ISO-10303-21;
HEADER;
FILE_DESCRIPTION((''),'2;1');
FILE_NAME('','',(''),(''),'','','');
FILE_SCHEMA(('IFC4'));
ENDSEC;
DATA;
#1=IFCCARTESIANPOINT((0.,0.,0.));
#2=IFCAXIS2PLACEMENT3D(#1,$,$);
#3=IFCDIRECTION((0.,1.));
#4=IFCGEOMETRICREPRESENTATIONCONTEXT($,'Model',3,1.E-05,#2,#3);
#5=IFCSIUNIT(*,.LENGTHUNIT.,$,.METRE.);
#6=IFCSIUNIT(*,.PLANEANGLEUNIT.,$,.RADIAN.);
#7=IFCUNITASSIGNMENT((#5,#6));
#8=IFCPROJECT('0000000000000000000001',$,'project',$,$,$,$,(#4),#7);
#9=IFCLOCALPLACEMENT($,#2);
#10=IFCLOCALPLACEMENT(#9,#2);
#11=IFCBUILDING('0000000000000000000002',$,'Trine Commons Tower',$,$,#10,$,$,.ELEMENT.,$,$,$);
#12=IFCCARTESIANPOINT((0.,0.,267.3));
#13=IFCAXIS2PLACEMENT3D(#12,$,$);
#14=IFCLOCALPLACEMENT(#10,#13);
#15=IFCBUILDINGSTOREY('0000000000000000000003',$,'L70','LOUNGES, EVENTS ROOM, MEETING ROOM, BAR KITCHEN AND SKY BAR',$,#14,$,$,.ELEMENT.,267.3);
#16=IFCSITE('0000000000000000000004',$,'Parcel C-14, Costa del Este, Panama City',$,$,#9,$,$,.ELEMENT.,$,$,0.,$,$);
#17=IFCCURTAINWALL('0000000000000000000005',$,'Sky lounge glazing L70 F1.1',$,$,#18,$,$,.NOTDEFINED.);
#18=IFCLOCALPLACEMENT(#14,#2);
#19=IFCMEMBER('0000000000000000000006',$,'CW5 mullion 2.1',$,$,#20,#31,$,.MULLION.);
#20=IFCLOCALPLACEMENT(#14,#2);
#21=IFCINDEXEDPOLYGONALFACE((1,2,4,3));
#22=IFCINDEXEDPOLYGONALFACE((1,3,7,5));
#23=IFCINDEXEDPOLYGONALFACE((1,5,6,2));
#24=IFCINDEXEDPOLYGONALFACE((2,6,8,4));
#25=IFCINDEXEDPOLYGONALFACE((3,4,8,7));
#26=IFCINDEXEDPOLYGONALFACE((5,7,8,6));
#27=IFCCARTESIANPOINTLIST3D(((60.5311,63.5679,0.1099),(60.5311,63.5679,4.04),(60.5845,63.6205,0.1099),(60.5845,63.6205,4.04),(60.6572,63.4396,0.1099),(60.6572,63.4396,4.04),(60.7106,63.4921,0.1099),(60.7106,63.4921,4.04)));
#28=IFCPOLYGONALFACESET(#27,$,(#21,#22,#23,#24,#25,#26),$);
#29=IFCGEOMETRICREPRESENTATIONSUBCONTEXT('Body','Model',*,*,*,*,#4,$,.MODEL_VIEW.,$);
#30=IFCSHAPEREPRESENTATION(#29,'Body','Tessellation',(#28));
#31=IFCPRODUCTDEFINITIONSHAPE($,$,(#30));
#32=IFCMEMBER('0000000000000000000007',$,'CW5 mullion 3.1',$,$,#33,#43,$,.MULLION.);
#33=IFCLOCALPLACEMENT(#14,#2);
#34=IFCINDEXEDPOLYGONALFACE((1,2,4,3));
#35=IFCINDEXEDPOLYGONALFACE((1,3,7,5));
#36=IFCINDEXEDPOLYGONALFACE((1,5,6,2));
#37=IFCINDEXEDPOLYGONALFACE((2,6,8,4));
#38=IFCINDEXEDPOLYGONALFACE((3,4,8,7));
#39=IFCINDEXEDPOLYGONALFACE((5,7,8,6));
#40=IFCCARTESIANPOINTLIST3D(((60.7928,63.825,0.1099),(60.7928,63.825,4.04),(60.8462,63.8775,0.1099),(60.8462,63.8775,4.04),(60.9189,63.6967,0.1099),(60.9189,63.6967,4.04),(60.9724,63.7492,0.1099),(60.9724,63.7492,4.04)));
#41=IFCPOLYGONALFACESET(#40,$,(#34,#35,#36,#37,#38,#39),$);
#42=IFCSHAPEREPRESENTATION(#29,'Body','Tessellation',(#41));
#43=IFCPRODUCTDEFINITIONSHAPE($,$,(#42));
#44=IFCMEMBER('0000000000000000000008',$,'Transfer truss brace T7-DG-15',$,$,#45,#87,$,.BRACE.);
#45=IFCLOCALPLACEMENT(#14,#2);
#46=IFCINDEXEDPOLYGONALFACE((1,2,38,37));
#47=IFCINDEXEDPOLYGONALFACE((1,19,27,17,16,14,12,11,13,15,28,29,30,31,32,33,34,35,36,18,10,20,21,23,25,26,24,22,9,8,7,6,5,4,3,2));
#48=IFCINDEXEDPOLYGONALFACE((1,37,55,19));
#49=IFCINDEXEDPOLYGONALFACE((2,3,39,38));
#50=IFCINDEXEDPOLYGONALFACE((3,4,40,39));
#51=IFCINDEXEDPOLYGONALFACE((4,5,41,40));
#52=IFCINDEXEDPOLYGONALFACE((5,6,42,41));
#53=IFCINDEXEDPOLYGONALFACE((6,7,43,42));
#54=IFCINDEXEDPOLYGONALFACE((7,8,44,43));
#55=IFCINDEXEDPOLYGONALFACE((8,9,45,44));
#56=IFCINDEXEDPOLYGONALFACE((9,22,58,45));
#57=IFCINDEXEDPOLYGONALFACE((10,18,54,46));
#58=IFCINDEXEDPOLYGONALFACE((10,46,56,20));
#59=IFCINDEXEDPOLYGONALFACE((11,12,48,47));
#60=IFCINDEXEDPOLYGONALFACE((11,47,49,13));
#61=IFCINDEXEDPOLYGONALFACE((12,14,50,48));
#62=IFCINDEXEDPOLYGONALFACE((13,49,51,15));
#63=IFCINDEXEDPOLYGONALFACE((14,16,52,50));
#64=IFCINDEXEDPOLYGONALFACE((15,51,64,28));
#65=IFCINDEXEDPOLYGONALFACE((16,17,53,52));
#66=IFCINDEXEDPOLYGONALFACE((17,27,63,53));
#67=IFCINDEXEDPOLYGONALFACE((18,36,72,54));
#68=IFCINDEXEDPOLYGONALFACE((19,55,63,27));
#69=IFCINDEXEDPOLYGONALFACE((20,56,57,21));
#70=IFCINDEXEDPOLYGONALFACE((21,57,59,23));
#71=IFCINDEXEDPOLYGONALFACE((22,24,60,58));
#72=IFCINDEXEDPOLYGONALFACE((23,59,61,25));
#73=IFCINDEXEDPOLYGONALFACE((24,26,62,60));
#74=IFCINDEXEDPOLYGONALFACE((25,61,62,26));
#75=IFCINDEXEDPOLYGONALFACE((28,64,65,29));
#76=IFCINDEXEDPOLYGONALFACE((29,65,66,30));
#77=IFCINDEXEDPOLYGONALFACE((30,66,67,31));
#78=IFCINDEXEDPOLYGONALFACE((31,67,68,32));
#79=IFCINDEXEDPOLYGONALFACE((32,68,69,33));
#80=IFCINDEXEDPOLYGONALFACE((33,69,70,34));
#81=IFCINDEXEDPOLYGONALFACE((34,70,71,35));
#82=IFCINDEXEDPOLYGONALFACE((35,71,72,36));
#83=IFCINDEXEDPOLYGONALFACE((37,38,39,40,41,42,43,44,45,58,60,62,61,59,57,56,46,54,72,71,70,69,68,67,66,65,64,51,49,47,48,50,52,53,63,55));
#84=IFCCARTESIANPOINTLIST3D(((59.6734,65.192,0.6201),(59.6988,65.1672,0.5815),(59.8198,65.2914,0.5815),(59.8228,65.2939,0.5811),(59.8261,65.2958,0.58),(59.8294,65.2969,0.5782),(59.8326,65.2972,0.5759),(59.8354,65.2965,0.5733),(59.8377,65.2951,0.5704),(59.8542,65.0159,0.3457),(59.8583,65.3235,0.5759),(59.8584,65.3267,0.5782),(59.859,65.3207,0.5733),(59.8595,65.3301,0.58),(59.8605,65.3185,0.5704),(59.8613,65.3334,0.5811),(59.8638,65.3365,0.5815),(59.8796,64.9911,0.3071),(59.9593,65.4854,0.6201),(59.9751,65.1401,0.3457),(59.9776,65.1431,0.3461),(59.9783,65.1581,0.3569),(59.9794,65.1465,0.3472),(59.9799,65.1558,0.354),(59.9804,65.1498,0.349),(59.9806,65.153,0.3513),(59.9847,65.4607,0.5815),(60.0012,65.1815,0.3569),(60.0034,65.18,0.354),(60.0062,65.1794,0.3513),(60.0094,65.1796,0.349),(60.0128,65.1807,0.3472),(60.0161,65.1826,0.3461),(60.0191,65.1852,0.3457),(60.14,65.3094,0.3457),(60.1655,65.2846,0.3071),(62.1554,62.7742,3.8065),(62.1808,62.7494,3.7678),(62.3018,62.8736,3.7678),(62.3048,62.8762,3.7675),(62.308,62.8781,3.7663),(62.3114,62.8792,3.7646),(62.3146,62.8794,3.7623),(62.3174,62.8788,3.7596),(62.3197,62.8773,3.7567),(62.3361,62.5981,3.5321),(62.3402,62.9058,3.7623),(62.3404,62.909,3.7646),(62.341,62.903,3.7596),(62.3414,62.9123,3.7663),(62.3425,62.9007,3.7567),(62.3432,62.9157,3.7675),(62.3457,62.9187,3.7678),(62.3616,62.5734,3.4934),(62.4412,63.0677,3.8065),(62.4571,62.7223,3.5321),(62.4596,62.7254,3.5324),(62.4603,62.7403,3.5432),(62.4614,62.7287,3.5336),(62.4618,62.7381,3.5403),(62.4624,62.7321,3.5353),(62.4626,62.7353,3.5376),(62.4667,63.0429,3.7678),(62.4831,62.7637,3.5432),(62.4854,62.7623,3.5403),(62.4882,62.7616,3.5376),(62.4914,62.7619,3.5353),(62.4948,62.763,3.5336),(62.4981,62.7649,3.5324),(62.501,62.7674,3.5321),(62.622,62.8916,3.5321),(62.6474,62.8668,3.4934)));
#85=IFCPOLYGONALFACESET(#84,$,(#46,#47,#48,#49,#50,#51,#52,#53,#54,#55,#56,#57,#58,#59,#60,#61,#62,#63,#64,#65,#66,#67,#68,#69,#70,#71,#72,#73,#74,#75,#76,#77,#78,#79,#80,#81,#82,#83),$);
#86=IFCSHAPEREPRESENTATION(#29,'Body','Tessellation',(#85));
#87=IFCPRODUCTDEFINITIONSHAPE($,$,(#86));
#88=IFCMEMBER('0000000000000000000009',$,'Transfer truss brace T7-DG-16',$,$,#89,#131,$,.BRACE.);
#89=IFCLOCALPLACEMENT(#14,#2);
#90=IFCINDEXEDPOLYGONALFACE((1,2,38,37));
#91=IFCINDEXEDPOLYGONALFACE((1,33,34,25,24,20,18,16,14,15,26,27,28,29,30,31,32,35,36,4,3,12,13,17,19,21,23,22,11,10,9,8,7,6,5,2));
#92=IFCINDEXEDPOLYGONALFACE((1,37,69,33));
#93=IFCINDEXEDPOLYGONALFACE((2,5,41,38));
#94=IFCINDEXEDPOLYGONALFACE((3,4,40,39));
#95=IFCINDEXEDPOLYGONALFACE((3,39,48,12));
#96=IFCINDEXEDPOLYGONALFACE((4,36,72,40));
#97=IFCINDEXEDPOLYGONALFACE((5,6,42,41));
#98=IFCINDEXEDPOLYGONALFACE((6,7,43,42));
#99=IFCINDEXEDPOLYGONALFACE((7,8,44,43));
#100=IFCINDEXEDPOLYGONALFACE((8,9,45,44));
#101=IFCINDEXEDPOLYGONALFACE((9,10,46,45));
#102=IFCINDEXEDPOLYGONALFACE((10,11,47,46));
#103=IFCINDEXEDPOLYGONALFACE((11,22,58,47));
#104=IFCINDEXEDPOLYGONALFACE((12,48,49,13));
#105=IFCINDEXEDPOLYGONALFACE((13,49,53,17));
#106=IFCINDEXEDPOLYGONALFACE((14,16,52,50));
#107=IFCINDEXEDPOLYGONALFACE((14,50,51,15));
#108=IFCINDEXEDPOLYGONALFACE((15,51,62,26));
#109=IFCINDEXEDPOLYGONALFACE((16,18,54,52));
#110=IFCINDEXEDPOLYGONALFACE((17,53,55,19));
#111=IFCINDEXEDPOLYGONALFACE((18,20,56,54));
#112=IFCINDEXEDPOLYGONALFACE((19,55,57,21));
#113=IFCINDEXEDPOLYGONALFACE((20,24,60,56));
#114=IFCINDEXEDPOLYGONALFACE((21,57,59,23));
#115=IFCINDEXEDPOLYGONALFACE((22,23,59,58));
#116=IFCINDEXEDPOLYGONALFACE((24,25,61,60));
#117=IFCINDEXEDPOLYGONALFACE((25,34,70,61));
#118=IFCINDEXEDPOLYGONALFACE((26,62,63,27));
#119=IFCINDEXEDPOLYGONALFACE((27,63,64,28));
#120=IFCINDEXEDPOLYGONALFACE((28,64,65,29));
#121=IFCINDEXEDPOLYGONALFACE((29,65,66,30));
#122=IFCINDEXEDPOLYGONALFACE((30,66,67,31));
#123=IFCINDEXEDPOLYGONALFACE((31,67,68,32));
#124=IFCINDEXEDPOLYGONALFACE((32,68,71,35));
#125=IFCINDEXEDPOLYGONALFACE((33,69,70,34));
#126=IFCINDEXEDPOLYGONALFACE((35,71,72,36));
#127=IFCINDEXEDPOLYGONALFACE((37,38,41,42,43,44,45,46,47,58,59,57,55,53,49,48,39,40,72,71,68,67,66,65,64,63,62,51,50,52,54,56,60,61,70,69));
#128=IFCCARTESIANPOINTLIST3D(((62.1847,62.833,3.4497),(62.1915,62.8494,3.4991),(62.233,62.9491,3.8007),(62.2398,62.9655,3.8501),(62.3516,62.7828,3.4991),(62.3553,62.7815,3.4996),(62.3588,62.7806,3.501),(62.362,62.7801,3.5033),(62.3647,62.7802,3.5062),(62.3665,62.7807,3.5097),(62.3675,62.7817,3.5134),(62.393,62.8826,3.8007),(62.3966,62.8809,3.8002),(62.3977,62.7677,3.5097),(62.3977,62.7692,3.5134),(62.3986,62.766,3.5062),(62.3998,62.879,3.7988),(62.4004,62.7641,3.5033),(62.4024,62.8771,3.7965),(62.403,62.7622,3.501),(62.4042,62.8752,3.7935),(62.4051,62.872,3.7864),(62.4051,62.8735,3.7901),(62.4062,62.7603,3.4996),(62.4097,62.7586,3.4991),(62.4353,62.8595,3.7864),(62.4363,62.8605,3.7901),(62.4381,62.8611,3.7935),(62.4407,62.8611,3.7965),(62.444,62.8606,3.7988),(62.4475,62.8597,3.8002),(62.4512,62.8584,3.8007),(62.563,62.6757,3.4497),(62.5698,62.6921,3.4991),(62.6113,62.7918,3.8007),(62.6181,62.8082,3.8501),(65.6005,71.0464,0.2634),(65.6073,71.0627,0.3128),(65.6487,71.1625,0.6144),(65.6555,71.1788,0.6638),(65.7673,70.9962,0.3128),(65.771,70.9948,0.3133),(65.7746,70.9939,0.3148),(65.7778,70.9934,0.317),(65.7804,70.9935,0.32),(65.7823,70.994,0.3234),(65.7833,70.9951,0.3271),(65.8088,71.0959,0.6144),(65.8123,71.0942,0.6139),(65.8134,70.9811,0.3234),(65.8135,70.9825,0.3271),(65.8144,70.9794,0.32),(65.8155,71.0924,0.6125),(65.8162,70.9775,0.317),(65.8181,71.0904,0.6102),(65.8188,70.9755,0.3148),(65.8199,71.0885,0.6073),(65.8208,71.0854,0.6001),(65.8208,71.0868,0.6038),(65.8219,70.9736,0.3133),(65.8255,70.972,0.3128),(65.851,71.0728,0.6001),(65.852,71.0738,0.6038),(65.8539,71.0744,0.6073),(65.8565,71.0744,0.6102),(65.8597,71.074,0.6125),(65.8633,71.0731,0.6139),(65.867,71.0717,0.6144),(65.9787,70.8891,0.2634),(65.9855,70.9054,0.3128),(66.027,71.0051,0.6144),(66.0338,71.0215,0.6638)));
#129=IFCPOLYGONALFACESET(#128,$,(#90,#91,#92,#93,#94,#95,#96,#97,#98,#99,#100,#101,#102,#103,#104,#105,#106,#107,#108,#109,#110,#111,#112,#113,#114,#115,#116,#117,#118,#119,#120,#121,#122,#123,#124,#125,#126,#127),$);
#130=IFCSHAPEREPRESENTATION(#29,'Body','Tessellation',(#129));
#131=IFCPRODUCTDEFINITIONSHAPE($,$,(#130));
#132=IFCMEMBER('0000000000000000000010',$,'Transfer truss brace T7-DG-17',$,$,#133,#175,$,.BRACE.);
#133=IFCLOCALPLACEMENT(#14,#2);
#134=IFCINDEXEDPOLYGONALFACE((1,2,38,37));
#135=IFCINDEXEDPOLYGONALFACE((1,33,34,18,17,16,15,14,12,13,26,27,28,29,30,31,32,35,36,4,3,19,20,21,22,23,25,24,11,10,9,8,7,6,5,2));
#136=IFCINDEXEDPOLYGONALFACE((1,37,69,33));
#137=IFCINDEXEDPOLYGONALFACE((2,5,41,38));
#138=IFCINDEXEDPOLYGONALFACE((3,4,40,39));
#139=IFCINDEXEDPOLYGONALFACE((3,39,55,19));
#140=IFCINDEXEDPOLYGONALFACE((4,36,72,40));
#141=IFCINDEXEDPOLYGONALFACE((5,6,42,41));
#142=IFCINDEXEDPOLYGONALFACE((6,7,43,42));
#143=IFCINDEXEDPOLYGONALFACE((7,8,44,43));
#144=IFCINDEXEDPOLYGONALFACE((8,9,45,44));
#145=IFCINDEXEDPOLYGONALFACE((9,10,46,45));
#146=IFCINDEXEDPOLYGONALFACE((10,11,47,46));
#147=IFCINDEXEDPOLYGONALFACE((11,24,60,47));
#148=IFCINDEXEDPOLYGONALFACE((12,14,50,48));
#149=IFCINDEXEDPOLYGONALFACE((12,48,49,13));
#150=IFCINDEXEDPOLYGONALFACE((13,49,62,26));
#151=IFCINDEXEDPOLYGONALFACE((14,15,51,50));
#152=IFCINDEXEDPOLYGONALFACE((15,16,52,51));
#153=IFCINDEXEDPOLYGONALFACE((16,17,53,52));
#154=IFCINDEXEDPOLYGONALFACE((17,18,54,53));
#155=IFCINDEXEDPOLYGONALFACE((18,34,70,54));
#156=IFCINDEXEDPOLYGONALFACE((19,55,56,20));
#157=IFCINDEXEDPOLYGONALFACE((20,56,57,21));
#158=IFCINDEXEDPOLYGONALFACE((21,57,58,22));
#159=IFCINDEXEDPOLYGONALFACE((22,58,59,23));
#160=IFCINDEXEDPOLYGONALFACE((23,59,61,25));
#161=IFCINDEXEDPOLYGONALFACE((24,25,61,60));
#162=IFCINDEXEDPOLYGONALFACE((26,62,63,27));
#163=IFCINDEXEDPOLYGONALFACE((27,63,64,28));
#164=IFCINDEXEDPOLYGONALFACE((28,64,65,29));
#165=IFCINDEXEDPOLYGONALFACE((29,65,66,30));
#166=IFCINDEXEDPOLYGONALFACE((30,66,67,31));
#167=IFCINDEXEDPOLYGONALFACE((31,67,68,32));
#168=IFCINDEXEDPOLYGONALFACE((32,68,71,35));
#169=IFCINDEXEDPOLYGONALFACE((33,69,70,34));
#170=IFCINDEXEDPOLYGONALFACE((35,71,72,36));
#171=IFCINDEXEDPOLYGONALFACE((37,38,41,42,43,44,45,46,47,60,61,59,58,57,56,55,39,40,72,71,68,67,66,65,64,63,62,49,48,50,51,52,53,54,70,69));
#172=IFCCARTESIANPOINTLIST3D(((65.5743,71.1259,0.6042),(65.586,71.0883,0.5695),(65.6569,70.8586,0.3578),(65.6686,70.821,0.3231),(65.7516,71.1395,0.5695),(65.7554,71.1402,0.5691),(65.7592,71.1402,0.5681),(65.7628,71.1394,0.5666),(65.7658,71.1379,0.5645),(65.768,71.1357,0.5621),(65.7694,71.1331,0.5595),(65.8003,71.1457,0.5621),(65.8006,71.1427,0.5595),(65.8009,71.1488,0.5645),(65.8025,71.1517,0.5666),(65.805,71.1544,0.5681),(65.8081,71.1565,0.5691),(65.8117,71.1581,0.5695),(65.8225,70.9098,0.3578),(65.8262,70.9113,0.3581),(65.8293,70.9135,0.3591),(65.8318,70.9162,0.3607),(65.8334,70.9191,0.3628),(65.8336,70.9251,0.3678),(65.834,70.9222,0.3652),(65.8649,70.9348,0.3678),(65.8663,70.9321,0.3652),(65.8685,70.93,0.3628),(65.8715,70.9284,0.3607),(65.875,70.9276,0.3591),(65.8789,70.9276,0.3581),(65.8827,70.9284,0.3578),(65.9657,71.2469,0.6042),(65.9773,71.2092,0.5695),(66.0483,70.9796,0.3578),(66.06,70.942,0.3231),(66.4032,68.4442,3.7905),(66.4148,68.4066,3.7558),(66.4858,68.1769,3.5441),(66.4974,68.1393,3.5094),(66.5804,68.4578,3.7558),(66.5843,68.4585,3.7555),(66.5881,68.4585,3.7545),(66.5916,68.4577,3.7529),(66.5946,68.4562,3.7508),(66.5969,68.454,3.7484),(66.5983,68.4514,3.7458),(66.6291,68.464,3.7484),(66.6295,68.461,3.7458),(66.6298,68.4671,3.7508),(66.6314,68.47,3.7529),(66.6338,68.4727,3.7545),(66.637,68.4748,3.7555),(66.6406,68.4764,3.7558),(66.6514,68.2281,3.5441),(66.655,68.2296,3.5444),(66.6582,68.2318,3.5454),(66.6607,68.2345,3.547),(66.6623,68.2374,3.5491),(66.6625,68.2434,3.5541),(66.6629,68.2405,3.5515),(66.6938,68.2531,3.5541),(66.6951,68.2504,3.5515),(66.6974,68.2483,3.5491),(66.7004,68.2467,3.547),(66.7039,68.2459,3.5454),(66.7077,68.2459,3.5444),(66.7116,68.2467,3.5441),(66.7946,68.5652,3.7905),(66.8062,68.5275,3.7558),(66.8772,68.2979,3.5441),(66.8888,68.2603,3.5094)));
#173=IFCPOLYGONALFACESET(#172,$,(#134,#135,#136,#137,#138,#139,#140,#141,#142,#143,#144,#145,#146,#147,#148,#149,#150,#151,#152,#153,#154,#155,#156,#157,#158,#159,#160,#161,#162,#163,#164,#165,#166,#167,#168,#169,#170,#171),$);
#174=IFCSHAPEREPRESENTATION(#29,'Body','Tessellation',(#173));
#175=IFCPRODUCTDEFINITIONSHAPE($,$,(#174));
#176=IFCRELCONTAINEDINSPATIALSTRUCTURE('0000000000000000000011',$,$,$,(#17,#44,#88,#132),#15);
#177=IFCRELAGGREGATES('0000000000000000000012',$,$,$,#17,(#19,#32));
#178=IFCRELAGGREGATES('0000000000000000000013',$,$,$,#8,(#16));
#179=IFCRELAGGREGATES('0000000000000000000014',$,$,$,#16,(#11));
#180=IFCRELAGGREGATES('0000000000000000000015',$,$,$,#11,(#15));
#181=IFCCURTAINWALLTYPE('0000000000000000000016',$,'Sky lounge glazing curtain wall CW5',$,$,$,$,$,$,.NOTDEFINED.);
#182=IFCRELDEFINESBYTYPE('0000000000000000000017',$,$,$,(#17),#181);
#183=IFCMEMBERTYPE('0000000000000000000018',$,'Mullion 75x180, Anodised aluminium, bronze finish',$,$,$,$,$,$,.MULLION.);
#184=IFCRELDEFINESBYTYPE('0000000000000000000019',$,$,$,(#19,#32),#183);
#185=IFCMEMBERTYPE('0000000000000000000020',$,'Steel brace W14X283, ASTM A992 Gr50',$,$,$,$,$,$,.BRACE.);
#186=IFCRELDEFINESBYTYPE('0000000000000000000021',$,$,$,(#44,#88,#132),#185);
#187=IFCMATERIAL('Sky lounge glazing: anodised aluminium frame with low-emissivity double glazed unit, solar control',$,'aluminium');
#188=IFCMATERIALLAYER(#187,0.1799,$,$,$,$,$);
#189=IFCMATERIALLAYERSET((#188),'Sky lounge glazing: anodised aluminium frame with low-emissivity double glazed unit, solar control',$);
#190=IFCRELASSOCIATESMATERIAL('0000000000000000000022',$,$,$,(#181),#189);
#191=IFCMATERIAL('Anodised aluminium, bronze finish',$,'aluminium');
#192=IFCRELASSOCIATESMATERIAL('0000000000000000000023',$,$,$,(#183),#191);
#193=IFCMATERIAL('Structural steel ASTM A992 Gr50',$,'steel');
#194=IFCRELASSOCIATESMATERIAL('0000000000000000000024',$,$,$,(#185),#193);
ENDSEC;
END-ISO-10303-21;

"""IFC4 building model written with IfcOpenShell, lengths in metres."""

from ifc_helpers import new_model, si_unit, direction, frame, origin, origin_2d, place, context, subcontext, project, spatial, rectangle, i_section, extrude, material, layer, layer_set, material_profile, profile_set, type_object, element, aggregate, save


model = new_model("IFC4")

# Units and contexts
model_context = context("Model", 3, precision=1e-05, world=origin(), true_north=direction((0.0, 1.0)))
body_context = subcontext(model_context, "Body", "Model", "MODEL_VIEW")
ifc_project = project(units=[si_unit("LENGTHUNIT", "METRE"), si_unit("PLANEANGLEUNIT", "RADIAN")], contexts=[model_context])

# Site, building, storey
site_placement = place(None, origin())
site = spatial("IfcSite", under=ifc_project, at=site_placement, Name="Parcel C-14, Costa del Este, Panama City", CompositionType="ELEMENT", RefElevation=0.0)
building_placement = place(site_placement, origin())
building = spatial("IfcBuilding", under=site, at=building_placement, Name="Trine Commons Tower", CompositionType="ELEMENT")
storey_placement = place(building_placement, frame((0.0, 0.0, 267.3)))
storey = spatial("IfcBuildingStorey", under=building, at=storey_placement, Name="L70", Description="LOUNGES, EVENTS ROOM, MEETING ROOM, BAR KITCHEN AND SKY BAR", CompositionType="ELEMENT", Elevation=267.3)

# Curtain wall, members
ifc_material_1 = material(Name="Sky lounge glazing: anodised aluminium frame with low-emissivity double glazed unit, solar control", Category="aluminium")
ifc_layer_1 = layer(ifc_material_1, 0.1799)
ifc_layer_set_1 = layer_set([ifc_layer_1], Name="Sky lounge glazing: anodised aluminium frame with low-emissivity double glazed unit, solar control")
curtain_wall_type = type_object("IfcCurtainWallType", Name="Sky lounge glazing curtain wall CW5", PredefinedType="NOTDEFINED", material=ifc_layer_set_1)
curtain_wall_placement = place(storey_placement, origin())
curtain_wall = element("IfcCurtainWall", 1, at=curtain_wall_placement, inside=storey, type_object=curtain_wall_type, Name="Sky lounge glazing L70 F1.1", PredefinedType="NOTDEFINED")
ifc_material_2 = material(Name="Anodised aluminium, bronze finish", Category="aluminium")
ifc_material_profile_1 = material_profile(ifc_material_2, rectangle(XDim=0.1799, YDim=0.075, at=origin_2d()), Name="Mullion 75x180")
ifc_profile_set_1 = profile_set([ifc_material_profile_1], Name="Anodised aluminium, bronze finish")
member_type_1 = type_object("IfcMemberType", Name="Mullion 75x180, Anodised aluminium, bronze finish", PredefinedType="MULLION", material=ifc_profile_set_1)
member_1_placement = place(storey_placement, frame((60.6208, 63.53, 0.1099), z_axis=(0.0, 0.0, 1.0), x_axis=(-0.700909, 0.71325, 0.0)))
member_1 = element("IfcMember", 2, at=member_1_placement, type_object=member_type_1, Name="CW5 mullion 2.1", PredefinedType="MULLION", context=body_context, shape_type="SweptSolid", body=[
    extrude(rectangle(XDim=0.1799, YDim=0.075, at=origin_2d()), origin(), (0.0, 0.0, 1.0), 3.9302),
])
member_2_placement = place(storey_placement, frame((60.8826, 63.7871, 0.1099), z_axis=(0.0, 0.0, 1.0), x_axis=(-0.700909, 0.71325, 0.0)))
member_2 = element("IfcMember", 3, at=member_2_placement, type_object=member_type_1, Name="CW5 mullion 3.1", PredefinedType="MULLION", context=body_context, shape_type="SweptSolid", body=[
    extrude(rectangle(XDim=0.1799, YDim=0.075, at=origin_2d()), origin(), (0.0, 0.0, 1.0), 3.9302),
])

# Members
ifc_material_3 = material(Name="Structural steel ASTM A992 Gr50", Category="steel")
ifc_material_profile_2 = material_profile(ifc_material_3, i_section(OverallWidth=0.4097, OverallDepth=0.4253, WebThickness=0.0327, FlangeThickness=0.0525, FilletRadius=0.0151, at=origin_2d()), Name="W14X283")
ifc_profile_set_2 = profile_set([ifc_material_profile_2], Name="Structural steel ASTM A992 Gr50")
member_type_2 = type_object("IfcMemberType", Name="Steel brace W14X283, ASTM A992 Gr50", PredefinedType="BRACE", material=ifc_profile_set_2)
member_3_placement = place(storey_placement, frame((59.9194, 65.2383, 0.4636), z_axis=(0.527263, -0.513622, 0.676894), x_axis=(0.69778, 0.716312, 0.0)))
element("IfcMember", 4, at=member_3_placement, inside=storey, type_object=member_type_2, Name="Transfer truss brace T7-DG-15", PredefinedType="BRACE", context=body_context, shape_type="SweptSolid", body=[
    extrude(i_section(OverallWidth=0.4097, OverallDepth=0.4253, WebThickness=0.0327, FlangeThickness=0.0525, FilletRadius=0.0151, at=origin_2d()), origin(), (0.0, 0.0, 1.0), 4.7073),
])
member_4_placement = place(storey_placement, frame((65.8171, 71.0339, 0.4636), z_axis=(-0.361504, -0.869253, 0.337216), x_axis=(0.923335, -0.383996, 0.0)))
element("IfcMember", 5, at=member_4_placement, inside=storey, type_object=member_type_2, Name="Transfer truss brace T7-DG-16", PredefinedType="BRACE", context=body_context, shape_type="SweptSolid", body=[
    extrude(i_section(OverallWidth=0.4097, OverallDepth=0.4253, WebThickness=0.0327, FlangeThickness=0.0525, FilletRadius=0.0151, at=origin_2d()), origin(), (0.0, 0.0, 1.0), 9.4487),
])
member_5_placement = place(storey_placement, frame((65.8171, 71.0339, 0.4636), z_axis=(0.195198, -0.631533, 0.750376), x_axis=(0.955404, 0.295302, 0.0)))
element("IfcMember", 6, at=member_5_placement, inside=storey, type_object=member_type_2, Name="Transfer truss brace T7-DG-17", PredefinedType="BRACE", context=body_context, shape_type="SweptSolid", body=[
    extrude(i_section(OverallWidth=0.4097, OverallDepth=0.4253, WebThickness=0.0327, FlangeThickness=0.0525, FilletRadius=0.0151, at=origin_2d()), origin(), (0.0, 0.0, 1.0), 4.2463),
])

aggregate(curtain_wall, [member_1, member_2])

save(model, "model.ifc")
